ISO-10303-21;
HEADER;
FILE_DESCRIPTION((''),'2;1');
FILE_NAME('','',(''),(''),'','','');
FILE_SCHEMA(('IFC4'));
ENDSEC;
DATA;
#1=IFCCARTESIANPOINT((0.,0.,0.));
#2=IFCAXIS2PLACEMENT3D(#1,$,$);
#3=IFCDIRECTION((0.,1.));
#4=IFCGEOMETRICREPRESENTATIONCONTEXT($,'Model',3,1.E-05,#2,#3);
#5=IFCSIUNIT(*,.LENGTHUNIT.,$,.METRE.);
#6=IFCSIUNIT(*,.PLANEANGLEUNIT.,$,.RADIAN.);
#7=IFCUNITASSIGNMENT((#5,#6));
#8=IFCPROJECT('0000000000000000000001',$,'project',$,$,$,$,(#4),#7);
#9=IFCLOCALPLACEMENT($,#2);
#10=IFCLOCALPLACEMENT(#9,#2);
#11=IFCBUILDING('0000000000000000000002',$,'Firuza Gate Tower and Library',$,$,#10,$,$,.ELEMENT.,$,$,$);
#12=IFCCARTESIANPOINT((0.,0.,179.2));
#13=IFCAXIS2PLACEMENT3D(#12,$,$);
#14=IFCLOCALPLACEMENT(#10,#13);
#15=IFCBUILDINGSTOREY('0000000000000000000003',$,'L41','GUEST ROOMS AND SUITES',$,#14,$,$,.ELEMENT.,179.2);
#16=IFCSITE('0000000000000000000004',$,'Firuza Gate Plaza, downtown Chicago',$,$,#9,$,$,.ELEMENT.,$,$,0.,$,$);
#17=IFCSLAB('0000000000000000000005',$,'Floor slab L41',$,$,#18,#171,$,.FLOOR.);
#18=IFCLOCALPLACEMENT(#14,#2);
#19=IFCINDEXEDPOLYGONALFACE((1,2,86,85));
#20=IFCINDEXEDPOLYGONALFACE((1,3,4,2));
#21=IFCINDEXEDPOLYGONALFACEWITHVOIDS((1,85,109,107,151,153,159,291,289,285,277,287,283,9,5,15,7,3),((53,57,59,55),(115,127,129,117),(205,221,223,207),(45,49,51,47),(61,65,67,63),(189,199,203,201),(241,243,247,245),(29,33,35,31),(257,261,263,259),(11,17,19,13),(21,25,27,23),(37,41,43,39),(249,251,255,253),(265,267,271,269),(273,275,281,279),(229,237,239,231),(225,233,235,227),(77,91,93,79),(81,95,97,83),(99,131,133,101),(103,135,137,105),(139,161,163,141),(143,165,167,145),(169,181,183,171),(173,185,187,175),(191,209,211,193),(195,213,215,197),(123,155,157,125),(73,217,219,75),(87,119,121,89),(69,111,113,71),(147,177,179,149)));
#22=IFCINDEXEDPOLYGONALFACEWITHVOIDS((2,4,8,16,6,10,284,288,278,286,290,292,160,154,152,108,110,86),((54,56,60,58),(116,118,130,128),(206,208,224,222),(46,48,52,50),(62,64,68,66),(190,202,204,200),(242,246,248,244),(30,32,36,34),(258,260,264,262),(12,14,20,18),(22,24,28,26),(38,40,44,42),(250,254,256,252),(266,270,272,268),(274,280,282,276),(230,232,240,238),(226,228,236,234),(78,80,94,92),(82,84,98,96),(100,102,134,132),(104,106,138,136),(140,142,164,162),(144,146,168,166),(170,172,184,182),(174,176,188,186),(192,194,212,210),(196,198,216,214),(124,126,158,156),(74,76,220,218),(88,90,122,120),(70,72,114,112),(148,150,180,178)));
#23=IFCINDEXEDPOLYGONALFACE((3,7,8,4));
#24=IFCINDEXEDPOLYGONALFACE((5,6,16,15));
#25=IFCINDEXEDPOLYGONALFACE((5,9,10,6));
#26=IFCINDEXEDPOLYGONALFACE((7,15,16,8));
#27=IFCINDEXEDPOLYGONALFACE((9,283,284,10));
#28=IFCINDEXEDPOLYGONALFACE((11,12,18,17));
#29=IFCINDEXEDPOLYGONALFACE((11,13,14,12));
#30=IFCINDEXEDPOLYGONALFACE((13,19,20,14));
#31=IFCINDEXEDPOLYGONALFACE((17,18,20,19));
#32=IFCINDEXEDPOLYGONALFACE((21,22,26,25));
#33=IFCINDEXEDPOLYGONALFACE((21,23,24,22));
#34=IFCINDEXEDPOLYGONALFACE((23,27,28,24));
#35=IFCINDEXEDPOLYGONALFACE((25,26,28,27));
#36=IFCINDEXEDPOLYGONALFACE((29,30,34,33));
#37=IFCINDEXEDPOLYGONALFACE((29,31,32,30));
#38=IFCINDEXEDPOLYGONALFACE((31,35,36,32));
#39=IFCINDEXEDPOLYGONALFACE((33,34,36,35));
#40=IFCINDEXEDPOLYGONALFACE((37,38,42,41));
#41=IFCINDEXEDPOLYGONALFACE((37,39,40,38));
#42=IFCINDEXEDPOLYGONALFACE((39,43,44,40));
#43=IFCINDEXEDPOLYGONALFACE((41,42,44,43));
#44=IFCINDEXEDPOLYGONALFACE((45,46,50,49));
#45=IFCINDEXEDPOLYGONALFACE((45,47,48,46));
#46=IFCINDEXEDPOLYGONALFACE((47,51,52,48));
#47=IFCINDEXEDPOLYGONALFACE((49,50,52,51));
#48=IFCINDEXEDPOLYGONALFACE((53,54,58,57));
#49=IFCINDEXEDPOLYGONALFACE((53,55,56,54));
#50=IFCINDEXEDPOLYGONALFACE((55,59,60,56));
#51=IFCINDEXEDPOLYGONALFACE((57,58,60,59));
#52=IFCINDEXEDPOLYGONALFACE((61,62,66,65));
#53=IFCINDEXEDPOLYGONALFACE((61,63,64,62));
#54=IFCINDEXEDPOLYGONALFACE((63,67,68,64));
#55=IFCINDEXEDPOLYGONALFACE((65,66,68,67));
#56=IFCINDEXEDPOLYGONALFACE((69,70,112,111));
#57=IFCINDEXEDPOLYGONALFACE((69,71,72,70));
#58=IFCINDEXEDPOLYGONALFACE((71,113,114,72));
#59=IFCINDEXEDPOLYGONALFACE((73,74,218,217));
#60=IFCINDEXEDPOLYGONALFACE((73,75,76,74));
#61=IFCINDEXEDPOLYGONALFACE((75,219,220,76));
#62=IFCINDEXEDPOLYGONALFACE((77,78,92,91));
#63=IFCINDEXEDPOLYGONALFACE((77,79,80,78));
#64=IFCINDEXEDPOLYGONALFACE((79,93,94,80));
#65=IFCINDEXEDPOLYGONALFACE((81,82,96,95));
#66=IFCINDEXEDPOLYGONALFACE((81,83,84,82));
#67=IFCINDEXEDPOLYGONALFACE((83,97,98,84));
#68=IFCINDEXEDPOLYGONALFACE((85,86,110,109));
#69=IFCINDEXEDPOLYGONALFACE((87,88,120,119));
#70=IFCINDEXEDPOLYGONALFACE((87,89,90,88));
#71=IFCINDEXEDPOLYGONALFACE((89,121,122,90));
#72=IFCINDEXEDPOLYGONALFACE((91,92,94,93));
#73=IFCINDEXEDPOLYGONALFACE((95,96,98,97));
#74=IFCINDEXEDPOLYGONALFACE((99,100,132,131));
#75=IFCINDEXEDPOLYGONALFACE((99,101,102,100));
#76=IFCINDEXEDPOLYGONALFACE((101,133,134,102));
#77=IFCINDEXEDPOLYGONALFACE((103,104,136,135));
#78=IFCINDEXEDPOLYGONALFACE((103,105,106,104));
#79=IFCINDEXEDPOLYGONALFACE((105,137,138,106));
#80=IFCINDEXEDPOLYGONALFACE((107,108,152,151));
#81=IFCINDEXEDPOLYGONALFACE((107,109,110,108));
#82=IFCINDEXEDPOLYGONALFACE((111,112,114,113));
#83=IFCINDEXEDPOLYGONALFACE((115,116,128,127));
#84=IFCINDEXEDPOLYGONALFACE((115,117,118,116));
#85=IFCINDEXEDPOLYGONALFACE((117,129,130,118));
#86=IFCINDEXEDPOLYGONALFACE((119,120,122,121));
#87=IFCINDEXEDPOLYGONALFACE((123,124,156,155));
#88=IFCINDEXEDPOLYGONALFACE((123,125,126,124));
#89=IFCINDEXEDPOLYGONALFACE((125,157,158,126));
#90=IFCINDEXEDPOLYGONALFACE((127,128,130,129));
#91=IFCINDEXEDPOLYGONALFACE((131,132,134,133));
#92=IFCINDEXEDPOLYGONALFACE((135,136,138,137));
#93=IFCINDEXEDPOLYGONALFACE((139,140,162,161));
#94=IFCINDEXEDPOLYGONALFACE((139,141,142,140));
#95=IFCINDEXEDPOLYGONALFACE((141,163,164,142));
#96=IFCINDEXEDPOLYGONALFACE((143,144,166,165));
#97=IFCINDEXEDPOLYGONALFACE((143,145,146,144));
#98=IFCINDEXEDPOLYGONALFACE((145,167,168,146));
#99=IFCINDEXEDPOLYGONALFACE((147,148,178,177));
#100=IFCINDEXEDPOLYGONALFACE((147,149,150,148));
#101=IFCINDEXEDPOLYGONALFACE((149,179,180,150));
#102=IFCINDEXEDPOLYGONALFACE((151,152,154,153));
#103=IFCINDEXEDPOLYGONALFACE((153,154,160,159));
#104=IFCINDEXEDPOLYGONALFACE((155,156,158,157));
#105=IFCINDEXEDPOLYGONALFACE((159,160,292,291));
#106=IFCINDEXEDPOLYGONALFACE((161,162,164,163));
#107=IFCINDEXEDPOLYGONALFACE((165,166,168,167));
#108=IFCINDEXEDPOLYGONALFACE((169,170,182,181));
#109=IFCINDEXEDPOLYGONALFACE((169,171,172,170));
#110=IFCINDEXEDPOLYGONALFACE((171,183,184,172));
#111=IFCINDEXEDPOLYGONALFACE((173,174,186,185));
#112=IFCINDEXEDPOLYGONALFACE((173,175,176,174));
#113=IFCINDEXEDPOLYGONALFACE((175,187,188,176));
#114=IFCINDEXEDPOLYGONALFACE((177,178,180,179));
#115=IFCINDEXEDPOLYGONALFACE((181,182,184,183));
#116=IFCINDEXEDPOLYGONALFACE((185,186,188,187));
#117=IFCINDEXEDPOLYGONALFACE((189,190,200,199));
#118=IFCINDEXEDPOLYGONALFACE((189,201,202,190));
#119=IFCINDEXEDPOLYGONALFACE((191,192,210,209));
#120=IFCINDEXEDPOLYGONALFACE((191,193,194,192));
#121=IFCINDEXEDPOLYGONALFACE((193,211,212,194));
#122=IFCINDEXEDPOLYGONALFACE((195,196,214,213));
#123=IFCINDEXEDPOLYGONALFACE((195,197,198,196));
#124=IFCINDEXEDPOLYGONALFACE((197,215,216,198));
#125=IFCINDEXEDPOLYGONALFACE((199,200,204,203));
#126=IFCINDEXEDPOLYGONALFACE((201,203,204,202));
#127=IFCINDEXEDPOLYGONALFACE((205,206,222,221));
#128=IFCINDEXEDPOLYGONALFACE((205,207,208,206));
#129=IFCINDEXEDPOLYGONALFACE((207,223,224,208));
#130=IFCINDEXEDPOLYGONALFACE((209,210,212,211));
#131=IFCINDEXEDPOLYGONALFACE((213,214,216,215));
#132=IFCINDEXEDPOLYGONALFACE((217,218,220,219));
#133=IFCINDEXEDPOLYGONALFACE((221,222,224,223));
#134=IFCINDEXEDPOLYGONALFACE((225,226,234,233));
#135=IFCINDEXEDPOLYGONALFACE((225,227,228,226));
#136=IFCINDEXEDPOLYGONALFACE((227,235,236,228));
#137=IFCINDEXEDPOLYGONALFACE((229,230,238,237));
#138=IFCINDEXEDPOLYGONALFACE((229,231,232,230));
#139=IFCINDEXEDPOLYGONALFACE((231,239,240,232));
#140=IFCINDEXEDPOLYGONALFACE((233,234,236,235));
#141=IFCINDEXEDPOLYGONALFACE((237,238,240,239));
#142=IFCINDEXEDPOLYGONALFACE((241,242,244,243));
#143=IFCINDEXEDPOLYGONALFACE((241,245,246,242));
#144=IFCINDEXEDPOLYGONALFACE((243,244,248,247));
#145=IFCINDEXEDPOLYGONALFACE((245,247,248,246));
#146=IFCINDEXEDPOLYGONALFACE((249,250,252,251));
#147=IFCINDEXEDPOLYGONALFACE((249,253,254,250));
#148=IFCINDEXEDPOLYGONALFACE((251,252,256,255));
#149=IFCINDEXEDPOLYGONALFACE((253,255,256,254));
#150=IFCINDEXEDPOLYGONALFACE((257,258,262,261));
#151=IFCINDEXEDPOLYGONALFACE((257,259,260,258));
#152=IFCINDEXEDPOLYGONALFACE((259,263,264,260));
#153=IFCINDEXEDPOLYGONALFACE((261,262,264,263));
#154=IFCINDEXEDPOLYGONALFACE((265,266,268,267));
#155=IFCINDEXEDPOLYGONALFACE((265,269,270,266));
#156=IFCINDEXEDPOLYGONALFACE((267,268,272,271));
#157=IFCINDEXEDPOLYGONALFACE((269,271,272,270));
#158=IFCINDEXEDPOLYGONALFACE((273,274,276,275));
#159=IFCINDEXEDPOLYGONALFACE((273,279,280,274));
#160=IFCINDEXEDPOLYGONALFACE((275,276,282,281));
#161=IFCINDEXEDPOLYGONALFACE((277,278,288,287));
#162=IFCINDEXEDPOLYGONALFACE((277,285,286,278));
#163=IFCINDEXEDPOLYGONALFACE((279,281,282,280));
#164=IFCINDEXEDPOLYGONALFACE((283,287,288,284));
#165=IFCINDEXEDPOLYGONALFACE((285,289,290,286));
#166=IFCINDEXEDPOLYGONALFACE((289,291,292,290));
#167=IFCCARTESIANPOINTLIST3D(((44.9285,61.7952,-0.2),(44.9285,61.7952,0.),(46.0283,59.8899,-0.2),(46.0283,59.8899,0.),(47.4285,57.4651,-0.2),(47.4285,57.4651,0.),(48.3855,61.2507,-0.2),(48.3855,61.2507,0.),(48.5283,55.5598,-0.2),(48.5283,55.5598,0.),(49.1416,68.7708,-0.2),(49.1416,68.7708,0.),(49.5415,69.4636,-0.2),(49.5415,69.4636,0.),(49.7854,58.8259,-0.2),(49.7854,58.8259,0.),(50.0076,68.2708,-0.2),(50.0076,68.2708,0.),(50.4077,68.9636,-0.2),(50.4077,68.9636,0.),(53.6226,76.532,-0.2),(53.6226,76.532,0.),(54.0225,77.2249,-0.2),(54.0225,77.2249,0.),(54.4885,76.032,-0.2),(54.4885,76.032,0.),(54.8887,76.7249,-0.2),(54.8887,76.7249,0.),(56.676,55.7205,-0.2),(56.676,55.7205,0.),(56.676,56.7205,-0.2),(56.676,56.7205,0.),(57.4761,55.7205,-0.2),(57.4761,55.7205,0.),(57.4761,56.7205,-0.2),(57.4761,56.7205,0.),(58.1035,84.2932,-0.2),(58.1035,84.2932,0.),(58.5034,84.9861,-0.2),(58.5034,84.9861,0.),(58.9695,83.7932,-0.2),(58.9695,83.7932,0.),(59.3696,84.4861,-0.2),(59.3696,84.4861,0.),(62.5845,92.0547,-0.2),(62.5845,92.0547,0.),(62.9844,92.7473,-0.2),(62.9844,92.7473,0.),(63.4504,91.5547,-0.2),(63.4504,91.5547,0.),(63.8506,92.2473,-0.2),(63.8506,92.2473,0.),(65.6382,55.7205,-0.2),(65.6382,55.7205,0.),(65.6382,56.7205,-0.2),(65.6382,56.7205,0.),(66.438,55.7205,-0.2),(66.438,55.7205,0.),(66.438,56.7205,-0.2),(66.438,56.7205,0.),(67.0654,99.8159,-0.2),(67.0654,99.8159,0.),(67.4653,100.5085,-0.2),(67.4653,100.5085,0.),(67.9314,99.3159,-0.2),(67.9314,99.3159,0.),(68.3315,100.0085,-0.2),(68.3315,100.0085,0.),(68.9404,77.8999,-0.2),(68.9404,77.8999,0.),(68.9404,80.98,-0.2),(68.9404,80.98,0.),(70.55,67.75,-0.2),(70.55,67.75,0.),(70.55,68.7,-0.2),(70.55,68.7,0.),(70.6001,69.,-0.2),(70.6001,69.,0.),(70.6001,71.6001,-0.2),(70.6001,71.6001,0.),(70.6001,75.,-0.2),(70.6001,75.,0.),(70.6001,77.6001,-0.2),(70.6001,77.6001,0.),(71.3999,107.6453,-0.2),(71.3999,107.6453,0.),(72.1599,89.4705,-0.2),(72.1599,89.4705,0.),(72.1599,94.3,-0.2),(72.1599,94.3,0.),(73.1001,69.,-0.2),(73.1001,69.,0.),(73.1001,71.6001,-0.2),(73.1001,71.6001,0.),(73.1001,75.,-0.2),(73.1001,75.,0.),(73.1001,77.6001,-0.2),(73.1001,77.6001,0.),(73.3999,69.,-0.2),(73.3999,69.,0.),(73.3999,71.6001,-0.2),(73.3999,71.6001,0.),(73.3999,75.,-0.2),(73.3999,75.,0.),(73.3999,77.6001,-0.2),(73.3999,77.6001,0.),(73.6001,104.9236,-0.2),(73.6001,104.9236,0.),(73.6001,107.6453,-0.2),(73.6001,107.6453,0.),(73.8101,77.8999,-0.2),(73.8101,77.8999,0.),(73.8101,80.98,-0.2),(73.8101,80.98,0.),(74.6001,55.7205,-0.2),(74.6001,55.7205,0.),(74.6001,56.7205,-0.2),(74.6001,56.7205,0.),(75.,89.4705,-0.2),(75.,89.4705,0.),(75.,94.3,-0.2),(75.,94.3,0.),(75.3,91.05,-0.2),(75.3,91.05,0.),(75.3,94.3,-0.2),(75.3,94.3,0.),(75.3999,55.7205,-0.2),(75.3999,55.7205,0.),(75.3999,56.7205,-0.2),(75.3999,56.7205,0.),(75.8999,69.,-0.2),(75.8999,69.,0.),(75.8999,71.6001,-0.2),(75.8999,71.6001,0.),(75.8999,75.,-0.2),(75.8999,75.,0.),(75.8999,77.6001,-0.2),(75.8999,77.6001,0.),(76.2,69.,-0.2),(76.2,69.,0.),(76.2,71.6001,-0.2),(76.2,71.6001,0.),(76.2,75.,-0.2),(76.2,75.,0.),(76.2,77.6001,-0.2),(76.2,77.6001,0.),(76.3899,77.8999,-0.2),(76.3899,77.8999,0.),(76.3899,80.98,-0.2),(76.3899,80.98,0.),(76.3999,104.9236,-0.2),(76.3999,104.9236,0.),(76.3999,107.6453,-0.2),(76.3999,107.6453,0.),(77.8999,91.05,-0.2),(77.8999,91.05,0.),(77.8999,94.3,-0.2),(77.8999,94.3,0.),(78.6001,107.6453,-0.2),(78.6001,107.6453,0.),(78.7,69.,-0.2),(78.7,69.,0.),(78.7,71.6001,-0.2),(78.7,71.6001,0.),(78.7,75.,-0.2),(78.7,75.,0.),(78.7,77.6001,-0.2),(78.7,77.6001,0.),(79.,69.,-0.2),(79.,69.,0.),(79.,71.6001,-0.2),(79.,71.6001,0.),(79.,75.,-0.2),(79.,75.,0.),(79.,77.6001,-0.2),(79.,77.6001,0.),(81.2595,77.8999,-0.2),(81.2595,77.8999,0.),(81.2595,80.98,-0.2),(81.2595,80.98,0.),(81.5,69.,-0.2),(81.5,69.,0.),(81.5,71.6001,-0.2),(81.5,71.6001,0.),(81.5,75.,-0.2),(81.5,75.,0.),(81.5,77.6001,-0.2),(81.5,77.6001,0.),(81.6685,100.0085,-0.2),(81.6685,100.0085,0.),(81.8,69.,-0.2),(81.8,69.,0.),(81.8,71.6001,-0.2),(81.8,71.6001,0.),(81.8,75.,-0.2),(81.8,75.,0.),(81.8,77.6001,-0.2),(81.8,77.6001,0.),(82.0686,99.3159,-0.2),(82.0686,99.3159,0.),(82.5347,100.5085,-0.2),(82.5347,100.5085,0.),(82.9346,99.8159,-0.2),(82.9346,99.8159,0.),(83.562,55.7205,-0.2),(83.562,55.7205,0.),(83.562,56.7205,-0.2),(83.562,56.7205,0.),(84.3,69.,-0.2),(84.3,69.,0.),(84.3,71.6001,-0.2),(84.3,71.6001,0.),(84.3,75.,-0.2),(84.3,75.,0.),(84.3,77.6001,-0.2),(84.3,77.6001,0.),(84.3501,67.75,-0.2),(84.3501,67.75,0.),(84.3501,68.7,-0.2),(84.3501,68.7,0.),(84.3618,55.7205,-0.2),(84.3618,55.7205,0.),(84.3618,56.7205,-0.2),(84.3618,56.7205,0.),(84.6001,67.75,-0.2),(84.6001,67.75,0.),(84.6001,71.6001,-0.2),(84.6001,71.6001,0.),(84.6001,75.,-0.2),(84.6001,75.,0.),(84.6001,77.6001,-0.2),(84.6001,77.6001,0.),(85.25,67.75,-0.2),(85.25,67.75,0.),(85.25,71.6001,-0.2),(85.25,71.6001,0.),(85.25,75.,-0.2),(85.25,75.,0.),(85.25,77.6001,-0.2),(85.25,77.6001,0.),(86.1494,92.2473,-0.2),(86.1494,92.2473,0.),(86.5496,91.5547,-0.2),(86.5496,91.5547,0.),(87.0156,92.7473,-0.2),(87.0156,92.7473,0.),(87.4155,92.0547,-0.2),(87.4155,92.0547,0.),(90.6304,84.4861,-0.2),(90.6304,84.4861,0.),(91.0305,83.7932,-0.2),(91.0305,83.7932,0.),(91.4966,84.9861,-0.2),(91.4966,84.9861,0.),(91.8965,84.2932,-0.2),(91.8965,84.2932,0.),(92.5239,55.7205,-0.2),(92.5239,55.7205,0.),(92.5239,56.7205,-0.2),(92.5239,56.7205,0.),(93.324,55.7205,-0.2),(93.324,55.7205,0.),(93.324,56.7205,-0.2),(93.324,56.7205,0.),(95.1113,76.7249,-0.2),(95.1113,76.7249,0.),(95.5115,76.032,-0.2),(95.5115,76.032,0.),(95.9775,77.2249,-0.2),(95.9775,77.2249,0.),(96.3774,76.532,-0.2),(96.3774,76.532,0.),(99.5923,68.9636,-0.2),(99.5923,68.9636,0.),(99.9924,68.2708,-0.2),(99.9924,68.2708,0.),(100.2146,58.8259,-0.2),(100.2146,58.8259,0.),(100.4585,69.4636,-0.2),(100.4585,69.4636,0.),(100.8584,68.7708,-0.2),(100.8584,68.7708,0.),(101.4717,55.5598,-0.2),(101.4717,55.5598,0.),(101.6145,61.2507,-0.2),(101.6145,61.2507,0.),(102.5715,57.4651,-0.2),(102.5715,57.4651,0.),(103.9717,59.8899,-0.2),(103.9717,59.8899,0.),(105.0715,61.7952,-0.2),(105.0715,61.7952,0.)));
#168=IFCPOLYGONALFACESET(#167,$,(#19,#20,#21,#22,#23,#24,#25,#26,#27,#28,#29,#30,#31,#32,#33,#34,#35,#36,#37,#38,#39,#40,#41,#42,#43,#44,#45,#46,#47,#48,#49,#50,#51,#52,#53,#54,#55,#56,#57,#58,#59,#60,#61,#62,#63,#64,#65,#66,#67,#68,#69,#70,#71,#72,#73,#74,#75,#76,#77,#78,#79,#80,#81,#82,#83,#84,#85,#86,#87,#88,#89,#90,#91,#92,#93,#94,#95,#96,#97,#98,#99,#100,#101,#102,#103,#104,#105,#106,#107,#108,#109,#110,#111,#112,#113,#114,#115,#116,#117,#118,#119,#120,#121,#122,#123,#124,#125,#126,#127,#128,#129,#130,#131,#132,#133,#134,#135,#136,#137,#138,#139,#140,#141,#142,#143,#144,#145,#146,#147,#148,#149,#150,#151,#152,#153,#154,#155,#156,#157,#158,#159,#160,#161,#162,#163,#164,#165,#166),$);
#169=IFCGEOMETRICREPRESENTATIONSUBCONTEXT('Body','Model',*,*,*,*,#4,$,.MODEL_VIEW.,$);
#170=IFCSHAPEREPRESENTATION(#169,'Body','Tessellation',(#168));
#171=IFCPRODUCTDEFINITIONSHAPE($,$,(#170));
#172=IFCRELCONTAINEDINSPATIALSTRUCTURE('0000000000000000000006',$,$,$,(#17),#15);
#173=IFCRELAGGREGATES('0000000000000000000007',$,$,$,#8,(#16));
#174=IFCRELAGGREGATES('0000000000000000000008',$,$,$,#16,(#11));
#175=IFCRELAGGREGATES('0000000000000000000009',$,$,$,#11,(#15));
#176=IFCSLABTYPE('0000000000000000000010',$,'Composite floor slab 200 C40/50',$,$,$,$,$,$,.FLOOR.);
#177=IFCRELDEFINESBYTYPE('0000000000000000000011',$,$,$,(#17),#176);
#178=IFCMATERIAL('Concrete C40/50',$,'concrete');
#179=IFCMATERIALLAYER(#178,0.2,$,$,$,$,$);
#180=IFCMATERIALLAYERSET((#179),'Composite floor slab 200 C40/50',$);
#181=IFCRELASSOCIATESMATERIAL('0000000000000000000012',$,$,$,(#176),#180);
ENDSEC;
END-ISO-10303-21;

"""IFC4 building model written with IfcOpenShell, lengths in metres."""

from ifc_helpers import new_model, si_unit, direction, frame, origin, place, context, subcontext, project, spatial, polyline, outline, extrude, material, layer, layer_set, type_object, element, save


model = new_model("IFC4")

# Units and contexts
model_context = context("Model", 3, precision=1e-05, world=origin(), true_north=direction((0.0, 1.0)))
body_context = subcontext(model_context, "Body", "Model", "MODEL_VIEW")
ifc_project = project(units=[si_unit("LENGTHUNIT", "METRE"), si_unit("PLANEANGLEUNIT", "RADIAN")], contexts=[model_context])

# Site, building, storey
site_placement = place(None, origin())
site = spatial("IfcSite", under=ifc_project, at=site_placement, Name="Firuza Gate Plaza, downtown Chicago", CompositionType="ELEMENT", RefElevation=0.0)
building_placement = place(site_placement, origin())
building = spatial("IfcBuilding", under=site, at=building_placement, Name="Firuza Gate Tower and Library", CompositionType="ELEMENT")
storey_placement = place(building_placement, frame((0.0, 0.0, 179.2)))
storey = spatial("IfcBuildingStorey", under=building, at=storey_placement, Name="L41", Description="GUEST ROOMS AND SUITES", CompositionType="ELEMENT", Elevation=179.2)

# Slab
ifc_material_1 = material(Name="Concrete C40/50", Category="concrete")
ifc_layer_1 = layer(ifc_material_1, 0.2)
ifc_layer_set_1 = layer_set([ifc_layer_1], Name="Composite floor slab 200 C40/50")
slab_type_1 = type_object("IfcSlabType", Name="Composite floor slab 200 C40/50", PredefinedType="FLOOR", material=ifc_layer_set_1)
slab_1_placement = place(storey_placement, frame((0.0, 0.0, -0.2)))
element("IfcSlab", 1, at=slab_1_placement, inside=storey, type_object=slab_type_1, Name="Floor slab L41", PredefinedType="FLOOR", context=body_context, shape_type="SweptSolid", body=[
    extrude(outline(polyline([(101.4717, 55.5598), (102.5715, 57.4651), (100.2146, 58.8259), (101.6145, 61.2507), (103.9717, 59.8899), (105.0715, 61.7952), (78.6001, 107.6453), (76.3999, 107.6453), (76.3999, 104.9236), (73.6001, 104.9236), (73.6001, 107.6453), (71.3999, 107.6453), (44.9285, 61.7952), (46.0283, 59.8899), (48.3855, 61.2507), (49.7854, 58.8259), (47.4285, 57.4651), (48.5283, 55.5598), (101.4717, 55.5598)]), holes=[polyline([(56.676, 55.7205), (56.676, 56.7205), (57.4761, 56.7205), (57.4761, 55.7205), (56.676, 55.7205)]), polyline([(74.6001, 55.7205), (74.6001, 56.7205), (75.3999, 56.7205), (75.3999, 55.7205), (74.6001, 55.7205)]), polyline([(65.6382, 55.7205), (65.6382, 56.7205), (66.438, 56.7205), (66.438, 55.7205), (65.6382, 55.7205)]), polyline([(84.3501, 67.75), (70.55, 67.75), (70.55, 68.7), (84.3501, 68.7), (84.3501, 67.75)]), polyline([(49.5415, 69.4636), (50.4077, 68.9636), (50.0076, 68.2708), (49.1416, 68.7708), (49.5415, 69.4636)]), polyline([(73.1001, 69.0), (70.6001, 69.0), (70.6001, 71.6001), (73.1001, 71.6001), (73.1001, 69.0)]), polyline([(75.8999, 69.0), (73.3999, 69.0), (73.3999, 71.6001), (75.8999, 71.6001), (75.8999, 69.0)]), polyline([(73.1001, 75.0), (70.6001, 75.0), (70.6001, 77.6001), (73.1001, 77.6001), (73.1001, 75.0)]), polyline([(75.8999, 75.0), (73.3999, 75.0), (73.3999, 77.6001), (75.8999, 77.6001), (75.8999, 75.0)]), polyline([(54.0225, 77.2249), (54.8887, 76.7249), (54.4885, 76.032), (53.6226, 76.532), (54.0225, 77.2249)]), polyline([(73.8101, 77.8999), (68.9404, 77.8999), (68.9404, 80.98), (73.8101, 80.98), (73.8101, 77.8999)]), polyline([(58.5034, 84.9861), (59.3696, 84.4861), (58.9695, 83.7932), (58.1035, 84.2932), (58.5034, 84.9861)]), polyline([(72.1599, 89.4705), (72.1599, 94.3), (75.0, 94.3), (75.0, 89.4705), (72.1599, 89.4705)]), polyline([(62.9844, 92.7473), (63.8506, 92.2473), (63.4504, 91.5547), (62.5845, 92.0547), (62.9844, 92.7473)]), polyline([(75.3, 91.05), (75.3, 94.3), (77.8999, 94.3), (77.8999, 91.05), (75.3, 91.05)]), polyline([(68.3315, 100.0085), (67.9314, 99.3159), (67.0654, 99.8159), (67.4653, 100.5085), (68.3315, 100.0085)]), polyline([(92.5239, 55.7205), (92.5239, 56.7205), (93.324, 56.7205), (93.324, 55.7205), (92.5239, 55.7205)]), polyline([(83.562, 55.7205), (83.562, 56.7205), (84.3618, 56.7205), (84.3618, 55.7205), (83.562, 55.7205)]), polyline([(100.8584, 68.7708), (99.9924, 68.2708), (99.5923, 68.9636), (100.4585, 69.4636), (100.8584, 68.7708)]), polyline([(85.25, 67.75), (84.6001, 67.75), (84.6001, 71.6001), (85.25, 71.6001), (85.25, 67.75)]), polyline([(81.5, 69.0), (79.0, 69.0), (79.0, 71.6001), (81.5, 71.6001), (81.5, 69.0)]), polyline([(81.8, 69.0), (81.8, 71.6001), (84.3, 71.6001), (84.3, 69.0), (81.8, 69.0)]), polyline([(76.2, 69.0), (76.2, 71.6001), (78.7, 71.6001), (78.7, 69.0), (76.2, 69.0)]), polyline([(81.5, 75.0), (79.0, 75.0), (79.0, 77.6001), (81.5, 77.6001), (81.5, 75.0)]), polyline([(84.3, 75.0), (81.8, 75.0), (81.8, 77.6001), (84.3, 77.6001), (84.3, 75.0)]), polyline([(85.25, 75.0), (84.6001, 75.0), (84.6001, 77.6001), (85.25, 77.6001), (85.25, 75.0)]), polyline([(78.7, 75.0), (76.2, 75.0), (76.2, 77.6001), (78.7, 77.6001), (78.7, 75.0)]), polyline([(96.3774, 76.532), (95.5115, 76.032), (95.1113, 76.7249), (95.9775, 77.2249), (96.3774, 76.532)]), polyline([(81.2595, 77.8999), (76.3899, 77.8999), (76.3899, 80.98), (81.2595, 80.98), (81.2595, 77.8999)]), polyline([(91.8965, 84.2932), (91.0305, 83.7932), (90.6304, 84.4861), (91.4966, 84.9861), (91.8965, 84.2932)]), polyline([(86.5496, 91.5547), (86.1494, 92.2473), (87.0156, 92.7473), (87.4155, 92.0547), (86.5496, 91.5547)]), polyline([(82.0686, 99.3159), (81.6685, 100.0085), (82.5347, 100.5085), (82.9346, 99.8159), (82.0686, 99.3159)])]), origin(), (0.0, 0.0, 1.0), 0.2),
])

save(model, "model.ifc")
